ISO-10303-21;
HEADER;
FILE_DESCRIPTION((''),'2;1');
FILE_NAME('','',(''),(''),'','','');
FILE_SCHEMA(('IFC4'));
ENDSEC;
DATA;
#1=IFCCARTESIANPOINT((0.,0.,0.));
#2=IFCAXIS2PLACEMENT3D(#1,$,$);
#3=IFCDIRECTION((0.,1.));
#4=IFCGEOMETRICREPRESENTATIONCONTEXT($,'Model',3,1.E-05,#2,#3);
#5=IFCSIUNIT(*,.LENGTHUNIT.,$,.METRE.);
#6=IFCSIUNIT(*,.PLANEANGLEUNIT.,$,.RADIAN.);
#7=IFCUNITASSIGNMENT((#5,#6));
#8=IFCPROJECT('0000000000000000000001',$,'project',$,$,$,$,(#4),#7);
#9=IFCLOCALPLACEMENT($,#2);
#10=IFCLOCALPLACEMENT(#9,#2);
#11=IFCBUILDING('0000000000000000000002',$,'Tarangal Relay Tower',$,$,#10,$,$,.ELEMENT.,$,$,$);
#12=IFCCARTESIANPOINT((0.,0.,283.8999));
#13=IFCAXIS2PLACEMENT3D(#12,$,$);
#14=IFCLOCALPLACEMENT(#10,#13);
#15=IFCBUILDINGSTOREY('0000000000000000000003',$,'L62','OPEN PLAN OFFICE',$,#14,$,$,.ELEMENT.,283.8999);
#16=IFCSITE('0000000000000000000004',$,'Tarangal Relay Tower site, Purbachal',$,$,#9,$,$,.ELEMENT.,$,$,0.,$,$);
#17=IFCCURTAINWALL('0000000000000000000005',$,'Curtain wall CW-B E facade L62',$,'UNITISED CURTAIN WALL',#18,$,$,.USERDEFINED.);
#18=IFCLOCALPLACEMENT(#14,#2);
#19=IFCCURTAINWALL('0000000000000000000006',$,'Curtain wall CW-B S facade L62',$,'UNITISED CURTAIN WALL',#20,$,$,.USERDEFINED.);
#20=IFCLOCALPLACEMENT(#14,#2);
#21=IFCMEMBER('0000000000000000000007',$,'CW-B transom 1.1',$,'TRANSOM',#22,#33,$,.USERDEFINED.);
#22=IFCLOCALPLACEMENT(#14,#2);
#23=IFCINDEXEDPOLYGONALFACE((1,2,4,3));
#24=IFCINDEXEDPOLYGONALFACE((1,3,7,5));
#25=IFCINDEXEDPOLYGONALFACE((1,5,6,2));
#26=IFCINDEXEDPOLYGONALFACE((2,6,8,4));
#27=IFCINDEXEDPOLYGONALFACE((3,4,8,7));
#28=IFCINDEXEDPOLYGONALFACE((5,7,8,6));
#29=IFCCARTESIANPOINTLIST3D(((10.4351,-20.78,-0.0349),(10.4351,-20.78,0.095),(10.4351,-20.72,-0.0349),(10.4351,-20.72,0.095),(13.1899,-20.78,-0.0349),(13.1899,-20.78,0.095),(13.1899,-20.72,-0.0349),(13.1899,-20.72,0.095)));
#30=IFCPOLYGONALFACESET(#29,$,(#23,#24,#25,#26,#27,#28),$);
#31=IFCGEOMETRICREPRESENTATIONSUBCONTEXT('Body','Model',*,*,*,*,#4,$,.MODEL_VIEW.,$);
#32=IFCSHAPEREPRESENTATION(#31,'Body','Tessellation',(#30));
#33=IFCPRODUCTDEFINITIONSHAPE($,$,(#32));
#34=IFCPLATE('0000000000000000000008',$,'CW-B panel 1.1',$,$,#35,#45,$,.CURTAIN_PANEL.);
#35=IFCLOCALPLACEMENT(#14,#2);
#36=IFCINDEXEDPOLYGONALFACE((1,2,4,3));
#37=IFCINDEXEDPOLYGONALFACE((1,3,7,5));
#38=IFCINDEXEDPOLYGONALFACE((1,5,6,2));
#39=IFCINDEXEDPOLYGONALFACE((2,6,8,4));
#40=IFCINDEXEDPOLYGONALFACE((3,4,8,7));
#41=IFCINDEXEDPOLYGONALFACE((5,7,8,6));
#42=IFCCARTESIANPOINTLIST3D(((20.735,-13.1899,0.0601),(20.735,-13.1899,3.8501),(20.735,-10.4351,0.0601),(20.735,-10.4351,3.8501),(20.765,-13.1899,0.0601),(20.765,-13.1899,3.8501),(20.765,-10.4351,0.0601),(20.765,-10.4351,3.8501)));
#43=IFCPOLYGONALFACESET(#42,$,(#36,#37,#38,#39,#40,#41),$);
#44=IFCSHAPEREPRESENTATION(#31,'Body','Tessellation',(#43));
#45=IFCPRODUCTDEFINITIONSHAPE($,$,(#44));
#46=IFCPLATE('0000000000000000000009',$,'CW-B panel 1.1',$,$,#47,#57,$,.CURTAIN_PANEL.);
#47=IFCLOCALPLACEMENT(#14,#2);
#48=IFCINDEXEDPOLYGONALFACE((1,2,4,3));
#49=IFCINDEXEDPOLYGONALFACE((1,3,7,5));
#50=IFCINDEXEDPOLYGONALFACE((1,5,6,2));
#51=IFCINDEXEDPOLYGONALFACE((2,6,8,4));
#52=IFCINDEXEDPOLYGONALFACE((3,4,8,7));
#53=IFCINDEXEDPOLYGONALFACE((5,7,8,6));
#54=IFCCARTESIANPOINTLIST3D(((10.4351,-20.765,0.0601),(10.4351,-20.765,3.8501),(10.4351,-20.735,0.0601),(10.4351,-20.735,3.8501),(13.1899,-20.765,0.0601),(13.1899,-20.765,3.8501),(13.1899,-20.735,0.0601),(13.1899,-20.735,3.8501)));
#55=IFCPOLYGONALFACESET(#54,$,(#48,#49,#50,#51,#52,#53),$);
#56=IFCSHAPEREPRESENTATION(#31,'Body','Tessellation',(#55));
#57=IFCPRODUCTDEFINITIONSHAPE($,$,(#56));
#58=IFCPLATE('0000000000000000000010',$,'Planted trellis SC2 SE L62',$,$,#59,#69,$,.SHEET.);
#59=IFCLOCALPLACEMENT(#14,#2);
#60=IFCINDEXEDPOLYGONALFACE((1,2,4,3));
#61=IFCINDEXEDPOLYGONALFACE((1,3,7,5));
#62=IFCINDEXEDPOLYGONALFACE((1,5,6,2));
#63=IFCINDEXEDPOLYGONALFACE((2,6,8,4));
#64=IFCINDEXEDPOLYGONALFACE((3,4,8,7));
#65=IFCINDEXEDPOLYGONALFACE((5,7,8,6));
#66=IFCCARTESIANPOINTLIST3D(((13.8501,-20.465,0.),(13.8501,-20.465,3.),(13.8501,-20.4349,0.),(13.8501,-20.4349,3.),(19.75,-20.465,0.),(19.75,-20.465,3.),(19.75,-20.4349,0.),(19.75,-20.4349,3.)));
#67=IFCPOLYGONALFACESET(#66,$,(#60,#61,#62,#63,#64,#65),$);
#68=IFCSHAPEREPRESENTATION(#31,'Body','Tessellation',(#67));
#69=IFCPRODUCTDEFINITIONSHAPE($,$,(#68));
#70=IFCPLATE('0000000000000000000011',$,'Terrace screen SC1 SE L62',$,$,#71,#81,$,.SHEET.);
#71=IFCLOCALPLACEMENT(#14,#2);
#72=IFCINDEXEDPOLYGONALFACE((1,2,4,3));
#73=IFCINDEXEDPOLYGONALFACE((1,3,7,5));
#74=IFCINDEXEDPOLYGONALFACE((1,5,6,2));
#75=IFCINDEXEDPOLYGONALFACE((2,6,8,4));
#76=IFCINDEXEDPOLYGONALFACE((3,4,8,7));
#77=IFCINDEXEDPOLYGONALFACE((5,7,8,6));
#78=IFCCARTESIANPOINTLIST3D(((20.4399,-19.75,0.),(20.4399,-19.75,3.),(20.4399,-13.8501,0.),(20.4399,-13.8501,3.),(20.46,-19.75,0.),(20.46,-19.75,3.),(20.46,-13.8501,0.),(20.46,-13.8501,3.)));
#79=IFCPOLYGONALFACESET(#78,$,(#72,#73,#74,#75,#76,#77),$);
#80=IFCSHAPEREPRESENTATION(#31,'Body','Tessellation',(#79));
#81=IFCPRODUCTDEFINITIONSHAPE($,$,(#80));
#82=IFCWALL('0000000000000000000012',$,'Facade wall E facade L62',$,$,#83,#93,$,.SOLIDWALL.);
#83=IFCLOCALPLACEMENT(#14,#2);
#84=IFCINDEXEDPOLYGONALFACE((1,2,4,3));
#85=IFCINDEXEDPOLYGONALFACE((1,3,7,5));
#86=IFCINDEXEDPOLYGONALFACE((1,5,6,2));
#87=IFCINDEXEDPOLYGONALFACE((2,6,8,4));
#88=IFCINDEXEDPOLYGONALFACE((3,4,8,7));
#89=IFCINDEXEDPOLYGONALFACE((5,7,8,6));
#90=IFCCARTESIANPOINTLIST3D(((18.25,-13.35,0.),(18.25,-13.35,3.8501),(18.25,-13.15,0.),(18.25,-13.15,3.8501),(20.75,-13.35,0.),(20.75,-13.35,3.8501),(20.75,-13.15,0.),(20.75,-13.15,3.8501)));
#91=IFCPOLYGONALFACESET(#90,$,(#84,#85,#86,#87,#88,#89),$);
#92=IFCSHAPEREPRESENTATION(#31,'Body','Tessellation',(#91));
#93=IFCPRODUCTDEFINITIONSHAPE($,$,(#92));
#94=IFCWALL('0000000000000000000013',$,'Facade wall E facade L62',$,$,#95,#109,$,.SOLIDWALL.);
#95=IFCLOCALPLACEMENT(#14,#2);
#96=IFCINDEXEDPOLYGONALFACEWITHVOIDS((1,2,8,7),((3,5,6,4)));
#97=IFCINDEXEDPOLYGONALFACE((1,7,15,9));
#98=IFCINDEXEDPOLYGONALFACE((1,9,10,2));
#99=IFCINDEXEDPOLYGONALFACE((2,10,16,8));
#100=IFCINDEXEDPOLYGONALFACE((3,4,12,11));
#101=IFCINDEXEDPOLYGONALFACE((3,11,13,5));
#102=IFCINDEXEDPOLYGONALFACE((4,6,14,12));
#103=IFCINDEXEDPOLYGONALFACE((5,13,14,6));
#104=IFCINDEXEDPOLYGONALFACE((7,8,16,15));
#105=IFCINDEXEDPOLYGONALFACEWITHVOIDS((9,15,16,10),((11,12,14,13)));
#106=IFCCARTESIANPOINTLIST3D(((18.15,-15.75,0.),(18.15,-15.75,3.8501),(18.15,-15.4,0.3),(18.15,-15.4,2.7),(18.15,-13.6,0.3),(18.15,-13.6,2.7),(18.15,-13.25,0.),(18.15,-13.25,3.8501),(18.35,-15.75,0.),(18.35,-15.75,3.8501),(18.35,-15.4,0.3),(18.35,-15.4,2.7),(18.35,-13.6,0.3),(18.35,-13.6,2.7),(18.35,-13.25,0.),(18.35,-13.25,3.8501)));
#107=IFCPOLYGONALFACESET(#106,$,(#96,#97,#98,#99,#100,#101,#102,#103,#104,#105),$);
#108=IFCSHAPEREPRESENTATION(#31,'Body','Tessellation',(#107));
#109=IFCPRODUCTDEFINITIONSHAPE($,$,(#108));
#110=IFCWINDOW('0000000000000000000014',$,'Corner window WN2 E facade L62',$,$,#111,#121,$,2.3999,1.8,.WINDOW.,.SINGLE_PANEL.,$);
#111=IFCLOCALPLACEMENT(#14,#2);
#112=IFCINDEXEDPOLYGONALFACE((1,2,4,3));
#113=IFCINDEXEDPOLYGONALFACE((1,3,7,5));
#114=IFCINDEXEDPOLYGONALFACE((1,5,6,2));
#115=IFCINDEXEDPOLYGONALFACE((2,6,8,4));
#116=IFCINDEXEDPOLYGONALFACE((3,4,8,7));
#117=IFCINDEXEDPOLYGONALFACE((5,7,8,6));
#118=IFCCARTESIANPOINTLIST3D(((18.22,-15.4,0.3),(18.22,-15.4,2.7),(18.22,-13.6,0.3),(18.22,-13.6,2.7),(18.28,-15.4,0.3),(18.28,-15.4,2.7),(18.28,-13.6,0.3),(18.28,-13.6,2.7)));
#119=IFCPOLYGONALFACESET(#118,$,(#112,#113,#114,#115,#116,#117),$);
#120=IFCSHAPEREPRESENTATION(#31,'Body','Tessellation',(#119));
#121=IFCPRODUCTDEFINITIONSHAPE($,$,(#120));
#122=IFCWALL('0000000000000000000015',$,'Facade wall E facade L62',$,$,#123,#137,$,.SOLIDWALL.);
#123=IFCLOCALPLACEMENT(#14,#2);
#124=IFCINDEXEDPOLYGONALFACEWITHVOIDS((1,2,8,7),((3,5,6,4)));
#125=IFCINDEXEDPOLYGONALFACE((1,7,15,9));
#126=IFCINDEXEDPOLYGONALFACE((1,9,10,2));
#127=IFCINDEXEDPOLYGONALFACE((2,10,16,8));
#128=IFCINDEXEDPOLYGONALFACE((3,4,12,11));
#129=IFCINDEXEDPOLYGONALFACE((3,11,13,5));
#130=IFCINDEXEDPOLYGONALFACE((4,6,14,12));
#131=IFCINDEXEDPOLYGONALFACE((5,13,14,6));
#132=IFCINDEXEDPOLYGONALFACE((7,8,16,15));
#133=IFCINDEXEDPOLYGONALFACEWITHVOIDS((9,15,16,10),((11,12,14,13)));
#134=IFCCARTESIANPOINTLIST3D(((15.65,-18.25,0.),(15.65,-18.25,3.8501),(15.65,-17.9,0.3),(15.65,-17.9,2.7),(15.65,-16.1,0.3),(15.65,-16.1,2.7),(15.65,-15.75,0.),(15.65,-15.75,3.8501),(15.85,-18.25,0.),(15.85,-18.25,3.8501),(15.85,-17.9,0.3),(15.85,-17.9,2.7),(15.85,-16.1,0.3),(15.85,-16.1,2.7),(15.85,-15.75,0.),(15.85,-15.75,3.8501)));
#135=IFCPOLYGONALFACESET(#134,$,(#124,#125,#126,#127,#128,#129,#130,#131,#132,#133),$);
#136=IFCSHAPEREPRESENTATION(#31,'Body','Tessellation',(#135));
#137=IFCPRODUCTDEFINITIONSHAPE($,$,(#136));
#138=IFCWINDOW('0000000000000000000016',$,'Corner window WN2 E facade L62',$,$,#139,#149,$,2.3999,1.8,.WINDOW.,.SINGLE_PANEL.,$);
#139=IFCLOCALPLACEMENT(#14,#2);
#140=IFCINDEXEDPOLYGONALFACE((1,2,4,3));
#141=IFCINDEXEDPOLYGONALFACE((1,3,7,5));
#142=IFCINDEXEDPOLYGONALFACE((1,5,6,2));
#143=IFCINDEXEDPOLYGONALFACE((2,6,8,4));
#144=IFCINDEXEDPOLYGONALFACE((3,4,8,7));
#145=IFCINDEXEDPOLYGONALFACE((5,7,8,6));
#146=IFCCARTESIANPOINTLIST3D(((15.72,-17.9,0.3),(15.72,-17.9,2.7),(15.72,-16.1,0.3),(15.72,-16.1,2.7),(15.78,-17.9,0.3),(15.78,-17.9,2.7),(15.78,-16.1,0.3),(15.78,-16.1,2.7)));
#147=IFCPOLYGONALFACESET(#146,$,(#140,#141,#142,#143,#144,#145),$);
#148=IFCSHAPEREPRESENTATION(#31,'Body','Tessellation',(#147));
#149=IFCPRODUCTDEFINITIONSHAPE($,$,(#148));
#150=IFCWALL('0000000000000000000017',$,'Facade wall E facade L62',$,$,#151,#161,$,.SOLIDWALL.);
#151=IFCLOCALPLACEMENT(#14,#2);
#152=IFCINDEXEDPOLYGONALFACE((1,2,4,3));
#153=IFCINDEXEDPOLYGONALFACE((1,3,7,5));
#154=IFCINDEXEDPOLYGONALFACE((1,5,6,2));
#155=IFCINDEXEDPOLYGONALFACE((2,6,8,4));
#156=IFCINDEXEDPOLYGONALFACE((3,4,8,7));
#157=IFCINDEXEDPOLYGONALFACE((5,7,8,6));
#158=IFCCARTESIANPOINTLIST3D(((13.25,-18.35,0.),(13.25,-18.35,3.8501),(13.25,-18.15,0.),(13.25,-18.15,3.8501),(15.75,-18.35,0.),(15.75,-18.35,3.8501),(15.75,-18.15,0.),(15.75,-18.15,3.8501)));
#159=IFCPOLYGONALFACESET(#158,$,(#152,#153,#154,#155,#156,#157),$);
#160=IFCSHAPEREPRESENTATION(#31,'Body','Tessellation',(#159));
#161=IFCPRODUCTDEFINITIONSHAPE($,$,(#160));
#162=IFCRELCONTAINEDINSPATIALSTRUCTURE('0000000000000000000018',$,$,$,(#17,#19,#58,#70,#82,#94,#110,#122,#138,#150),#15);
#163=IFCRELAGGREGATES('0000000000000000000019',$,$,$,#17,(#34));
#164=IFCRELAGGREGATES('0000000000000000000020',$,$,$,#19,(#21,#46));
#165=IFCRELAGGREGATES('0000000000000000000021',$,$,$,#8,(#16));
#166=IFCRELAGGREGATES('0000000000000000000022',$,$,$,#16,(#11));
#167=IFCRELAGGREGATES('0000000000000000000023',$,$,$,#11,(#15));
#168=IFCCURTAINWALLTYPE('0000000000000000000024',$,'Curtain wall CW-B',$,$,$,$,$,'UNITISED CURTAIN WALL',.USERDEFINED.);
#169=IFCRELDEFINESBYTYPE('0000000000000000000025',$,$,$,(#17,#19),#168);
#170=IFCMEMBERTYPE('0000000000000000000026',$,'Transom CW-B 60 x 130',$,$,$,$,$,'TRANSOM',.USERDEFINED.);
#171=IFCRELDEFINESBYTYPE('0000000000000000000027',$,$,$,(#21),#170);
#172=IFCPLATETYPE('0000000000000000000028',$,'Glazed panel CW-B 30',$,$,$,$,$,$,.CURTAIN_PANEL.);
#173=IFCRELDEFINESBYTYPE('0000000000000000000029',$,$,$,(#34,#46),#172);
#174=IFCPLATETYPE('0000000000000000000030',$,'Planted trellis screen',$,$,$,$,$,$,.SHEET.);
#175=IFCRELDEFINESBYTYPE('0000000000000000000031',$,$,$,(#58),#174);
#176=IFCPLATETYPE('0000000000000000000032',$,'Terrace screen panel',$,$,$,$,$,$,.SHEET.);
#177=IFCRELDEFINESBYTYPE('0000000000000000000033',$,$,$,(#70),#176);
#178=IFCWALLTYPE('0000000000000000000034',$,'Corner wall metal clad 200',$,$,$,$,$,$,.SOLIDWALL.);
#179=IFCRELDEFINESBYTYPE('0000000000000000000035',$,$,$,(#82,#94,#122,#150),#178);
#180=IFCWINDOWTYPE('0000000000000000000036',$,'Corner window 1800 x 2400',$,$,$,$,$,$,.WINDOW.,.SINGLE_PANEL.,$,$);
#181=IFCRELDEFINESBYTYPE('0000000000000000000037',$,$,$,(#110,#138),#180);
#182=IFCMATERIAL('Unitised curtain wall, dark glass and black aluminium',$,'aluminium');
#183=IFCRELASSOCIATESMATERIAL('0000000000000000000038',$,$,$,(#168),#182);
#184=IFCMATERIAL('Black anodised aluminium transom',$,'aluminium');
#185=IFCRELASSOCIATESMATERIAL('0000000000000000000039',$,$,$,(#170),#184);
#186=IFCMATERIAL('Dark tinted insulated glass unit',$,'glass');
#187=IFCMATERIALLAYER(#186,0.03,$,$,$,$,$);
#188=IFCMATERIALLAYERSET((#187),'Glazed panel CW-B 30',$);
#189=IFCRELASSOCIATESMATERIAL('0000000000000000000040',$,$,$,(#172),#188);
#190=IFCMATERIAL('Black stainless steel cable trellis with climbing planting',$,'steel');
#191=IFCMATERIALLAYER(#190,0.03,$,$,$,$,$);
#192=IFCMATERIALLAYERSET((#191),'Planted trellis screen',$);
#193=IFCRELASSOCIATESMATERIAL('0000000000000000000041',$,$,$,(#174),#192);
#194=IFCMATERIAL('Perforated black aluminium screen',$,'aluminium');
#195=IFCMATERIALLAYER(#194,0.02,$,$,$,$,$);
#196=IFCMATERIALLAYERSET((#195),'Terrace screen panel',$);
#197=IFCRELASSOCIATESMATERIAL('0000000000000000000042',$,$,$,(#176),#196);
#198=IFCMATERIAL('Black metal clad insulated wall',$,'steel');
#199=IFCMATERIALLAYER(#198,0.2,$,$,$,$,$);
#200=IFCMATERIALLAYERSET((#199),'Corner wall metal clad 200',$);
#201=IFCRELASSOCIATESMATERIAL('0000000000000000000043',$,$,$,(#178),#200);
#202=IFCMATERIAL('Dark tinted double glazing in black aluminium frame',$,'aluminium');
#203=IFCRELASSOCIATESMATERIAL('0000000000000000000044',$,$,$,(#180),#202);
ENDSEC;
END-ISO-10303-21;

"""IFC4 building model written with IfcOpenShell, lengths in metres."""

from ifc_helpers import new_model, si_unit, direction, frame, frame_2d, origin, origin_2d, place, context, subcontext, project, spatial, rectangle, extrude, material, layer, layer_set, material_profile, profile_set, type_object, element, fill, aggregate, save


model = new_model("IFC4")

# Units and contexts
model_context = context("Model", 3, precision=1e-05, world=origin(), true_north=direction((0.0, 1.0)))
body_context = subcontext(model_context, "Body", "Model", "MODEL_VIEW")
ifc_project = project(units=[si_unit("LENGTHUNIT", "METRE"), si_unit("PLANEANGLEUNIT", "RADIAN")], contexts=[model_context])

# Site, building, storey
site_placement = place(None, origin())
site = spatial("IfcSite", under=ifc_project, at=site_placement, Name="Tarangal Relay Tower site, Purbachal", CompositionType="ELEMENT", RefElevation=0.0)
building_placement = place(site_placement, origin())
building = spatial("IfcBuilding", under=site, at=building_placement, Name="Tarangal Relay Tower", CompositionType="ELEMENT")
storey_placement = place(building_placement, frame((0.0, 0.0, 283.8999)))
storey = spatial("IfcBuildingStorey", under=building, at=storey_placement, Name="L62", Description="OPEN PLAN OFFICE", CompositionType="ELEMENT", Elevation=283.8999)

# Curtain wall
ifc_material_1 = material(Name="Unitised curtain wall, dark glass and black aluminium", Category="aluminium")
curtain_wall_type_1 = type_object("IfcCurtainWallType", Name="Curtain wall CW-B", ElementType="UNITISED CURTAIN WALL", PredefinedType="USERDEFINED", material=ifc_material_1)
curtain_wall_1_placement = place(storey_placement, origin())
curtain_wall_1 = element("IfcCurtainWall", 1, at=curtain_wall_1_placement, inside=storey, type_object=curtain_wall_type_1, Name="Curtain wall CW-B E facade L62", ObjectType="UNITISED CURTAIN WALL", PredefinedType="USERDEFINED")

# Curtain wall
curtain_wall_2_placement = place(storey_placement, origin())
curtain_wall_2 = element("IfcCurtainWall", 2, at=curtain_wall_2_placement, inside=storey, type_object=curtain_wall_type_1, Name="Curtain wall CW-B S facade L62", ObjectType="UNITISED CURTAIN WALL", PredefinedType="USERDEFINED")

# Member
ifc_material_2 = material(Name="Black anodised aluminium transom", Category="aluminium")
ifc_material_profile_1 = material_profile(ifc_material_2, rectangle(XDim=0.0601, YDim=0.1299, at=origin_2d()), Name="CW-BT 60X130")
ifc_profile_set_1 = profile_set([ifc_material_profile_1], Name="Black anodised aluminium transom")
member_type_1 = type_object("IfcMemberType", Name="Transom CW-B 60 x 130", ElementType="TRANSOM", PredefinedType="USERDEFINED", material=ifc_profile_set_1)
member_1_placement = place(storey_placement, frame((13.1899, -20.75, 0.03), z_axis=(-1.0, 0.0, 0.0), x_axis=(0.0, -1.0, 0.0)))
member_1 = element("IfcMember", 3, at=member_1_placement, type_object=member_type_1, Name="CW-B transom 1.1", ObjectType="TRANSOM", PredefinedType="USERDEFINED", context=body_context, shape_type="SweptSolid", body=[
    extrude(rectangle(XDim=0.0601, YDim=0.1299, at=origin_2d()), origin(), (0.0, 0.0, 1.0), 2.7549),
])

# Plates
ifc_material_3 = material(Name="Dark tinted insulated glass unit", Category="glass")
ifc_layer_1 = layer(ifc_material_3, 0.03)
ifc_layer_set_1 = layer_set([ifc_layer_1], Name="Glazed panel CW-B 30")
plate_type_1 = type_object("IfcPlateType", Name="Glazed panel CW-B 30", PredefinedType="CURTAIN_PANEL", material=ifc_layer_set_1)
plate_1_placement = place(storey_placement, frame((20.75, -11.8125, 0.0601), z_axis=(0.0, 0.0, 1.0), x_axis=(0.0, -1.0, 0.0)))
plate_1 = element("IfcPlate", 4, at=plate_1_placement, type_object=plate_type_1, Name="CW-B panel 1.1", PredefinedType="CURTAIN_PANEL", context=body_context, shape_type="SweptSolid", body=[
    extrude(rectangle(XDim=2.7549, YDim=0.03, at=origin_2d()), origin(), (0.0, 0.0, 1.0), 3.79),
])
aggregate(curtain_wall_1, [plate_1])
plate_2_placement = place(storey_placement, frame((11.8125, -20.75, 0.0601), z_axis=(0.0, 0.0, 1.0), x_axis=(-1.0, 0.0, 0.0)))
plate_2 = element("IfcPlate", 5, at=plate_2_placement, type_object=plate_type_1, Name="CW-B panel 1.1", PredefinedType="CURTAIN_PANEL", context=body_context, shape_type="SweptSolid", body=[
    extrude(rectangle(XDim=2.7549, YDim=0.03, at=origin_2d()), origin(), (0.0, 0.0, 1.0), 3.79),
])
aggregate(curtain_wall_2, [member_1, plate_2])

# Plates
ifc_material_4 = material(Name="Black stainless steel cable trellis with climbing planting", Category="steel")
ifc_layer_2 = layer(ifc_material_4, 0.03)
ifc_layer_set_2 = layer_set([ifc_layer_2], Name="Planted trellis screen")
plate_type_2 = type_object("IfcPlateType", Name="Planted trellis screen", PredefinedType="SHEET", material=ifc_layer_set_2)
plate_3_placement = place(storey_placement, frame((16.8, -20.45, 0.0), z_axis=(0.0, 0.0, 1.0), x_axis=(-1.0, 0.0, 0.0)))
element("IfcPlate", 6, at=plate_3_placement, inside=storey, type_object=plate_type_2, Name="Planted trellis SC2 SE L62", PredefinedType="SHEET", context=body_context, shape_type="SweptSolid", body=[
    extrude(rectangle(XDim=5.8999, YDim=0.03, at=origin_2d()), origin(), (0.0, 0.0, 1.0), 3.0),
])
ifc_material_5 = material(Name="Perforated black aluminium screen", Category="aluminium")
ifc_layer_3 = layer(ifc_material_5, 0.02)
ifc_layer_set_3 = layer_set([ifc_layer_3], Name="Terrace screen panel")
plate_type_3 = type_object("IfcPlateType", Name="Terrace screen panel", PredefinedType="SHEET", material=ifc_layer_set_3)
plate_4_placement = place(storey_placement, frame((20.45, -16.8, 0.0), z_axis=(0.0, 0.0, 1.0), x_axis=(0.0, -1.0, 0.0)))
element("IfcPlate", 7, at=plate_4_placement, inside=storey, type_object=plate_type_3, Name="Terrace screen SC1 SE L62", PredefinedType="SHEET", context=body_context, shape_type="SweptSolid", body=[
    extrude(rectangle(XDim=5.8999, YDim=0.02, at=origin_2d()), origin(), (0.0, 0.0, 1.0), 3.0),
])

# Wall
ifc_material_6 = material(Name="Black metal clad insulated wall", Category="steel")
ifc_layer_4 = layer(ifc_material_6, 0.2)
ifc_layer_set_4 = layer_set([ifc_layer_4], Name="Corner wall metal clad 200")
wall_type_1 = type_object("IfcWallType", Name="Corner wall metal clad 200", PredefinedType="SOLIDWALL", material=ifc_layer_set_4)
wall_1_placement = place(storey_placement, frame((20.75, -13.25, 0.0), z_axis=(0.0, 0.0, 1.0), x_axis=(-1.0, 0.0, 0.0)))
element("IfcWall", 8, at=wall_1_placement, inside=storey, type_object=wall_type_1, Name="Facade wall E facade L62", PredefinedType="SOLIDWALL", context=body_context, shape_type="SweptSolid", body=[
    extrude(rectangle(XDim=2.5, YDim=0.2, at=frame_2d((1.25, 0.0))), origin(), (0.0, 0.0, 1.0), 3.8501),
])

# Wall, opening, window
wall_2_placement = place(storey_placement, frame((18.25, -13.25, 0.0), z_axis=(0.0, 0.0, 1.0), x_axis=(0.0, -1.0, 0.0)))
wall_2 = element("IfcWall", 9, at=wall_2_placement, inside=storey, type_object=wall_type_1, Name="Facade wall E facade L62", PredefinedType="SOLIDWALL", context=body_context, shape_type="SweptSolid", body=[
    extrude(rectangle(XDim=2.5, YDim=0.2, at=frame_2d((1.25, 0.0))), origin(), (0.0, 0.0, 1.0), 3.8501),
])
opening_1_placement = place(wall_2_placement, frame((0.3501, 0.0, 0.3)))
opening_1 = element("IfcOpeningElement", 10, at=opening_1_placement, cuts=wall_2, PredefinedType="OPENING", context=body_context, shape_type="SweptSolid", body=[
    extrude(rectangle(XDim=1.8, YDim=2.3999, at=frame_2d((0.8999, 1.2))), frame((0.0, 0.1099, 0.0), z_axis=(0.0, -1.0, 0.0), x_axis=(1.0, 0.0, 0.0)), (0.0, 0.0, 1.0), 0.22),
])
ifc_material_7 = material(Name="Dark tinted double glazing in black aluminium frame", Category="aluminium")
window_type = type_object("IfcWindowType", Name="Corner window 1800 x 2400", PartitioningType="SINGLE_PANEL", PredefinedType="WINDOW", material=ifc_material_7)
window_1_placement = place(opening_1_placement, origin())
window_1 = element("IfcWindow", 11, at=window_1_placement, inside=storey, type_object=window_type, Name="Corner window WN2 E facade L62", OverallHeight=2.3999, OverallWidth=1.8, PartitioningType="SINGLE_PANEL", PredefinedType="WINDOW", context=body_context, shape_type="SweptSolid", body=[
    extrude(rectangle(XDim=1.8, YDim=2.3999, at=frame_2d((0.8999, 1.2))), frame((0.0, 0.03, 0.0), z_axis=(0.0, -1.0, 0.0), x_axis=(1.0, 0.0, 0.0)), (0.0, 0.0, 1.0), 0.0601),
])
fill(opening_1, window_1)

# Wall, opening, window
wall_3_placement = place(storey_placement, frame((15.75, -15.75, 0.0), z_axis=(0.0, 0.0, 1.0), x_axis=(0.0, -1.0, 0.0)))
wall_3 = element("IfcWall", 12, at=wall_3_placement, inside=storey, type_object=wall_type_1, Name="Facade wall E facade L62", PredefinedType="SOLIDWALL", context=body_context, shape_type="SweptSolid", body=[
    extrude(rectangle(XDim=2.5, YDim=0.2, at=frame_2d((1.25, 0.0))), origin(), (0.0, 0.0, 1.0), 3.8501),
])
opening_2_placement = place(wall_3_placement, frame((0.3501, 0.0, 0.3)))
opening_2 = element("IfcOpeningElement", 13, at=opening_2_placement, cuts=wall_3, PredefinedType="OPENING", context=body_context, shape_type="SweptSolid", body=[
    extrude(rectangle(XDim=1.8, YDim=2.3999, at=frame_2d((0.8999, 1.2))), frame((0.0, 0.1099, 0.0), z_axis=(0.0, -1.0, 0.0), x_axis=(1.0, 0.0, 0.0)), (0.0, 0.0, 1.0), 0.22),
])
window_2_placement = place(opening_2_placement, origin())
window_2 = element("IfcWindow", 14, at=window_2_placement, inside=storey, type_object=window_type, Name="Corner window WN2 E facade L62", OverallHeight=2.3999, OverallWidth=1.8, PartitioningType="SINGLE_PANEL", PredefinedType="WINDOW", context=body_context, shape_type="SweptSolid", body=[
    extrude(rectangle(XDim=1.8, YDim=2.3999, at=frame_2d((0.8999, 1.2))), frame((0.0, 0.03, 0.0), z_axis=(0.0, -1.0, 0.0), x_axis=(1.0, 0.0, 0.0)), (0.0, 0.0, 1.0), 0.0601),
])
fill(opening_2, window_2)

# Wall
wall_4_placement = place(storey_placement, frame((15.75, -18.25, 0.0), z_axis=(0.0, 0.0, 1.0), x_axis=(-1.0, 0.0, 0.0)))
element("IfcWall", 15, at=wall_4_placement, inside=storey, type_object=wall_type_1, Name="Facade wall E facade L62", PredefinedType="SOLIDWALL", context=body_context, shape_type="SweptSolid", body=[
    extrude(rectangle(XDim=2.5, YDim=0.2, at=frame_2d((1.25, 0.0))), origin(), (0.0, 0.0, 1.0), 3.8501),
])

save(model, "model.ifc")
